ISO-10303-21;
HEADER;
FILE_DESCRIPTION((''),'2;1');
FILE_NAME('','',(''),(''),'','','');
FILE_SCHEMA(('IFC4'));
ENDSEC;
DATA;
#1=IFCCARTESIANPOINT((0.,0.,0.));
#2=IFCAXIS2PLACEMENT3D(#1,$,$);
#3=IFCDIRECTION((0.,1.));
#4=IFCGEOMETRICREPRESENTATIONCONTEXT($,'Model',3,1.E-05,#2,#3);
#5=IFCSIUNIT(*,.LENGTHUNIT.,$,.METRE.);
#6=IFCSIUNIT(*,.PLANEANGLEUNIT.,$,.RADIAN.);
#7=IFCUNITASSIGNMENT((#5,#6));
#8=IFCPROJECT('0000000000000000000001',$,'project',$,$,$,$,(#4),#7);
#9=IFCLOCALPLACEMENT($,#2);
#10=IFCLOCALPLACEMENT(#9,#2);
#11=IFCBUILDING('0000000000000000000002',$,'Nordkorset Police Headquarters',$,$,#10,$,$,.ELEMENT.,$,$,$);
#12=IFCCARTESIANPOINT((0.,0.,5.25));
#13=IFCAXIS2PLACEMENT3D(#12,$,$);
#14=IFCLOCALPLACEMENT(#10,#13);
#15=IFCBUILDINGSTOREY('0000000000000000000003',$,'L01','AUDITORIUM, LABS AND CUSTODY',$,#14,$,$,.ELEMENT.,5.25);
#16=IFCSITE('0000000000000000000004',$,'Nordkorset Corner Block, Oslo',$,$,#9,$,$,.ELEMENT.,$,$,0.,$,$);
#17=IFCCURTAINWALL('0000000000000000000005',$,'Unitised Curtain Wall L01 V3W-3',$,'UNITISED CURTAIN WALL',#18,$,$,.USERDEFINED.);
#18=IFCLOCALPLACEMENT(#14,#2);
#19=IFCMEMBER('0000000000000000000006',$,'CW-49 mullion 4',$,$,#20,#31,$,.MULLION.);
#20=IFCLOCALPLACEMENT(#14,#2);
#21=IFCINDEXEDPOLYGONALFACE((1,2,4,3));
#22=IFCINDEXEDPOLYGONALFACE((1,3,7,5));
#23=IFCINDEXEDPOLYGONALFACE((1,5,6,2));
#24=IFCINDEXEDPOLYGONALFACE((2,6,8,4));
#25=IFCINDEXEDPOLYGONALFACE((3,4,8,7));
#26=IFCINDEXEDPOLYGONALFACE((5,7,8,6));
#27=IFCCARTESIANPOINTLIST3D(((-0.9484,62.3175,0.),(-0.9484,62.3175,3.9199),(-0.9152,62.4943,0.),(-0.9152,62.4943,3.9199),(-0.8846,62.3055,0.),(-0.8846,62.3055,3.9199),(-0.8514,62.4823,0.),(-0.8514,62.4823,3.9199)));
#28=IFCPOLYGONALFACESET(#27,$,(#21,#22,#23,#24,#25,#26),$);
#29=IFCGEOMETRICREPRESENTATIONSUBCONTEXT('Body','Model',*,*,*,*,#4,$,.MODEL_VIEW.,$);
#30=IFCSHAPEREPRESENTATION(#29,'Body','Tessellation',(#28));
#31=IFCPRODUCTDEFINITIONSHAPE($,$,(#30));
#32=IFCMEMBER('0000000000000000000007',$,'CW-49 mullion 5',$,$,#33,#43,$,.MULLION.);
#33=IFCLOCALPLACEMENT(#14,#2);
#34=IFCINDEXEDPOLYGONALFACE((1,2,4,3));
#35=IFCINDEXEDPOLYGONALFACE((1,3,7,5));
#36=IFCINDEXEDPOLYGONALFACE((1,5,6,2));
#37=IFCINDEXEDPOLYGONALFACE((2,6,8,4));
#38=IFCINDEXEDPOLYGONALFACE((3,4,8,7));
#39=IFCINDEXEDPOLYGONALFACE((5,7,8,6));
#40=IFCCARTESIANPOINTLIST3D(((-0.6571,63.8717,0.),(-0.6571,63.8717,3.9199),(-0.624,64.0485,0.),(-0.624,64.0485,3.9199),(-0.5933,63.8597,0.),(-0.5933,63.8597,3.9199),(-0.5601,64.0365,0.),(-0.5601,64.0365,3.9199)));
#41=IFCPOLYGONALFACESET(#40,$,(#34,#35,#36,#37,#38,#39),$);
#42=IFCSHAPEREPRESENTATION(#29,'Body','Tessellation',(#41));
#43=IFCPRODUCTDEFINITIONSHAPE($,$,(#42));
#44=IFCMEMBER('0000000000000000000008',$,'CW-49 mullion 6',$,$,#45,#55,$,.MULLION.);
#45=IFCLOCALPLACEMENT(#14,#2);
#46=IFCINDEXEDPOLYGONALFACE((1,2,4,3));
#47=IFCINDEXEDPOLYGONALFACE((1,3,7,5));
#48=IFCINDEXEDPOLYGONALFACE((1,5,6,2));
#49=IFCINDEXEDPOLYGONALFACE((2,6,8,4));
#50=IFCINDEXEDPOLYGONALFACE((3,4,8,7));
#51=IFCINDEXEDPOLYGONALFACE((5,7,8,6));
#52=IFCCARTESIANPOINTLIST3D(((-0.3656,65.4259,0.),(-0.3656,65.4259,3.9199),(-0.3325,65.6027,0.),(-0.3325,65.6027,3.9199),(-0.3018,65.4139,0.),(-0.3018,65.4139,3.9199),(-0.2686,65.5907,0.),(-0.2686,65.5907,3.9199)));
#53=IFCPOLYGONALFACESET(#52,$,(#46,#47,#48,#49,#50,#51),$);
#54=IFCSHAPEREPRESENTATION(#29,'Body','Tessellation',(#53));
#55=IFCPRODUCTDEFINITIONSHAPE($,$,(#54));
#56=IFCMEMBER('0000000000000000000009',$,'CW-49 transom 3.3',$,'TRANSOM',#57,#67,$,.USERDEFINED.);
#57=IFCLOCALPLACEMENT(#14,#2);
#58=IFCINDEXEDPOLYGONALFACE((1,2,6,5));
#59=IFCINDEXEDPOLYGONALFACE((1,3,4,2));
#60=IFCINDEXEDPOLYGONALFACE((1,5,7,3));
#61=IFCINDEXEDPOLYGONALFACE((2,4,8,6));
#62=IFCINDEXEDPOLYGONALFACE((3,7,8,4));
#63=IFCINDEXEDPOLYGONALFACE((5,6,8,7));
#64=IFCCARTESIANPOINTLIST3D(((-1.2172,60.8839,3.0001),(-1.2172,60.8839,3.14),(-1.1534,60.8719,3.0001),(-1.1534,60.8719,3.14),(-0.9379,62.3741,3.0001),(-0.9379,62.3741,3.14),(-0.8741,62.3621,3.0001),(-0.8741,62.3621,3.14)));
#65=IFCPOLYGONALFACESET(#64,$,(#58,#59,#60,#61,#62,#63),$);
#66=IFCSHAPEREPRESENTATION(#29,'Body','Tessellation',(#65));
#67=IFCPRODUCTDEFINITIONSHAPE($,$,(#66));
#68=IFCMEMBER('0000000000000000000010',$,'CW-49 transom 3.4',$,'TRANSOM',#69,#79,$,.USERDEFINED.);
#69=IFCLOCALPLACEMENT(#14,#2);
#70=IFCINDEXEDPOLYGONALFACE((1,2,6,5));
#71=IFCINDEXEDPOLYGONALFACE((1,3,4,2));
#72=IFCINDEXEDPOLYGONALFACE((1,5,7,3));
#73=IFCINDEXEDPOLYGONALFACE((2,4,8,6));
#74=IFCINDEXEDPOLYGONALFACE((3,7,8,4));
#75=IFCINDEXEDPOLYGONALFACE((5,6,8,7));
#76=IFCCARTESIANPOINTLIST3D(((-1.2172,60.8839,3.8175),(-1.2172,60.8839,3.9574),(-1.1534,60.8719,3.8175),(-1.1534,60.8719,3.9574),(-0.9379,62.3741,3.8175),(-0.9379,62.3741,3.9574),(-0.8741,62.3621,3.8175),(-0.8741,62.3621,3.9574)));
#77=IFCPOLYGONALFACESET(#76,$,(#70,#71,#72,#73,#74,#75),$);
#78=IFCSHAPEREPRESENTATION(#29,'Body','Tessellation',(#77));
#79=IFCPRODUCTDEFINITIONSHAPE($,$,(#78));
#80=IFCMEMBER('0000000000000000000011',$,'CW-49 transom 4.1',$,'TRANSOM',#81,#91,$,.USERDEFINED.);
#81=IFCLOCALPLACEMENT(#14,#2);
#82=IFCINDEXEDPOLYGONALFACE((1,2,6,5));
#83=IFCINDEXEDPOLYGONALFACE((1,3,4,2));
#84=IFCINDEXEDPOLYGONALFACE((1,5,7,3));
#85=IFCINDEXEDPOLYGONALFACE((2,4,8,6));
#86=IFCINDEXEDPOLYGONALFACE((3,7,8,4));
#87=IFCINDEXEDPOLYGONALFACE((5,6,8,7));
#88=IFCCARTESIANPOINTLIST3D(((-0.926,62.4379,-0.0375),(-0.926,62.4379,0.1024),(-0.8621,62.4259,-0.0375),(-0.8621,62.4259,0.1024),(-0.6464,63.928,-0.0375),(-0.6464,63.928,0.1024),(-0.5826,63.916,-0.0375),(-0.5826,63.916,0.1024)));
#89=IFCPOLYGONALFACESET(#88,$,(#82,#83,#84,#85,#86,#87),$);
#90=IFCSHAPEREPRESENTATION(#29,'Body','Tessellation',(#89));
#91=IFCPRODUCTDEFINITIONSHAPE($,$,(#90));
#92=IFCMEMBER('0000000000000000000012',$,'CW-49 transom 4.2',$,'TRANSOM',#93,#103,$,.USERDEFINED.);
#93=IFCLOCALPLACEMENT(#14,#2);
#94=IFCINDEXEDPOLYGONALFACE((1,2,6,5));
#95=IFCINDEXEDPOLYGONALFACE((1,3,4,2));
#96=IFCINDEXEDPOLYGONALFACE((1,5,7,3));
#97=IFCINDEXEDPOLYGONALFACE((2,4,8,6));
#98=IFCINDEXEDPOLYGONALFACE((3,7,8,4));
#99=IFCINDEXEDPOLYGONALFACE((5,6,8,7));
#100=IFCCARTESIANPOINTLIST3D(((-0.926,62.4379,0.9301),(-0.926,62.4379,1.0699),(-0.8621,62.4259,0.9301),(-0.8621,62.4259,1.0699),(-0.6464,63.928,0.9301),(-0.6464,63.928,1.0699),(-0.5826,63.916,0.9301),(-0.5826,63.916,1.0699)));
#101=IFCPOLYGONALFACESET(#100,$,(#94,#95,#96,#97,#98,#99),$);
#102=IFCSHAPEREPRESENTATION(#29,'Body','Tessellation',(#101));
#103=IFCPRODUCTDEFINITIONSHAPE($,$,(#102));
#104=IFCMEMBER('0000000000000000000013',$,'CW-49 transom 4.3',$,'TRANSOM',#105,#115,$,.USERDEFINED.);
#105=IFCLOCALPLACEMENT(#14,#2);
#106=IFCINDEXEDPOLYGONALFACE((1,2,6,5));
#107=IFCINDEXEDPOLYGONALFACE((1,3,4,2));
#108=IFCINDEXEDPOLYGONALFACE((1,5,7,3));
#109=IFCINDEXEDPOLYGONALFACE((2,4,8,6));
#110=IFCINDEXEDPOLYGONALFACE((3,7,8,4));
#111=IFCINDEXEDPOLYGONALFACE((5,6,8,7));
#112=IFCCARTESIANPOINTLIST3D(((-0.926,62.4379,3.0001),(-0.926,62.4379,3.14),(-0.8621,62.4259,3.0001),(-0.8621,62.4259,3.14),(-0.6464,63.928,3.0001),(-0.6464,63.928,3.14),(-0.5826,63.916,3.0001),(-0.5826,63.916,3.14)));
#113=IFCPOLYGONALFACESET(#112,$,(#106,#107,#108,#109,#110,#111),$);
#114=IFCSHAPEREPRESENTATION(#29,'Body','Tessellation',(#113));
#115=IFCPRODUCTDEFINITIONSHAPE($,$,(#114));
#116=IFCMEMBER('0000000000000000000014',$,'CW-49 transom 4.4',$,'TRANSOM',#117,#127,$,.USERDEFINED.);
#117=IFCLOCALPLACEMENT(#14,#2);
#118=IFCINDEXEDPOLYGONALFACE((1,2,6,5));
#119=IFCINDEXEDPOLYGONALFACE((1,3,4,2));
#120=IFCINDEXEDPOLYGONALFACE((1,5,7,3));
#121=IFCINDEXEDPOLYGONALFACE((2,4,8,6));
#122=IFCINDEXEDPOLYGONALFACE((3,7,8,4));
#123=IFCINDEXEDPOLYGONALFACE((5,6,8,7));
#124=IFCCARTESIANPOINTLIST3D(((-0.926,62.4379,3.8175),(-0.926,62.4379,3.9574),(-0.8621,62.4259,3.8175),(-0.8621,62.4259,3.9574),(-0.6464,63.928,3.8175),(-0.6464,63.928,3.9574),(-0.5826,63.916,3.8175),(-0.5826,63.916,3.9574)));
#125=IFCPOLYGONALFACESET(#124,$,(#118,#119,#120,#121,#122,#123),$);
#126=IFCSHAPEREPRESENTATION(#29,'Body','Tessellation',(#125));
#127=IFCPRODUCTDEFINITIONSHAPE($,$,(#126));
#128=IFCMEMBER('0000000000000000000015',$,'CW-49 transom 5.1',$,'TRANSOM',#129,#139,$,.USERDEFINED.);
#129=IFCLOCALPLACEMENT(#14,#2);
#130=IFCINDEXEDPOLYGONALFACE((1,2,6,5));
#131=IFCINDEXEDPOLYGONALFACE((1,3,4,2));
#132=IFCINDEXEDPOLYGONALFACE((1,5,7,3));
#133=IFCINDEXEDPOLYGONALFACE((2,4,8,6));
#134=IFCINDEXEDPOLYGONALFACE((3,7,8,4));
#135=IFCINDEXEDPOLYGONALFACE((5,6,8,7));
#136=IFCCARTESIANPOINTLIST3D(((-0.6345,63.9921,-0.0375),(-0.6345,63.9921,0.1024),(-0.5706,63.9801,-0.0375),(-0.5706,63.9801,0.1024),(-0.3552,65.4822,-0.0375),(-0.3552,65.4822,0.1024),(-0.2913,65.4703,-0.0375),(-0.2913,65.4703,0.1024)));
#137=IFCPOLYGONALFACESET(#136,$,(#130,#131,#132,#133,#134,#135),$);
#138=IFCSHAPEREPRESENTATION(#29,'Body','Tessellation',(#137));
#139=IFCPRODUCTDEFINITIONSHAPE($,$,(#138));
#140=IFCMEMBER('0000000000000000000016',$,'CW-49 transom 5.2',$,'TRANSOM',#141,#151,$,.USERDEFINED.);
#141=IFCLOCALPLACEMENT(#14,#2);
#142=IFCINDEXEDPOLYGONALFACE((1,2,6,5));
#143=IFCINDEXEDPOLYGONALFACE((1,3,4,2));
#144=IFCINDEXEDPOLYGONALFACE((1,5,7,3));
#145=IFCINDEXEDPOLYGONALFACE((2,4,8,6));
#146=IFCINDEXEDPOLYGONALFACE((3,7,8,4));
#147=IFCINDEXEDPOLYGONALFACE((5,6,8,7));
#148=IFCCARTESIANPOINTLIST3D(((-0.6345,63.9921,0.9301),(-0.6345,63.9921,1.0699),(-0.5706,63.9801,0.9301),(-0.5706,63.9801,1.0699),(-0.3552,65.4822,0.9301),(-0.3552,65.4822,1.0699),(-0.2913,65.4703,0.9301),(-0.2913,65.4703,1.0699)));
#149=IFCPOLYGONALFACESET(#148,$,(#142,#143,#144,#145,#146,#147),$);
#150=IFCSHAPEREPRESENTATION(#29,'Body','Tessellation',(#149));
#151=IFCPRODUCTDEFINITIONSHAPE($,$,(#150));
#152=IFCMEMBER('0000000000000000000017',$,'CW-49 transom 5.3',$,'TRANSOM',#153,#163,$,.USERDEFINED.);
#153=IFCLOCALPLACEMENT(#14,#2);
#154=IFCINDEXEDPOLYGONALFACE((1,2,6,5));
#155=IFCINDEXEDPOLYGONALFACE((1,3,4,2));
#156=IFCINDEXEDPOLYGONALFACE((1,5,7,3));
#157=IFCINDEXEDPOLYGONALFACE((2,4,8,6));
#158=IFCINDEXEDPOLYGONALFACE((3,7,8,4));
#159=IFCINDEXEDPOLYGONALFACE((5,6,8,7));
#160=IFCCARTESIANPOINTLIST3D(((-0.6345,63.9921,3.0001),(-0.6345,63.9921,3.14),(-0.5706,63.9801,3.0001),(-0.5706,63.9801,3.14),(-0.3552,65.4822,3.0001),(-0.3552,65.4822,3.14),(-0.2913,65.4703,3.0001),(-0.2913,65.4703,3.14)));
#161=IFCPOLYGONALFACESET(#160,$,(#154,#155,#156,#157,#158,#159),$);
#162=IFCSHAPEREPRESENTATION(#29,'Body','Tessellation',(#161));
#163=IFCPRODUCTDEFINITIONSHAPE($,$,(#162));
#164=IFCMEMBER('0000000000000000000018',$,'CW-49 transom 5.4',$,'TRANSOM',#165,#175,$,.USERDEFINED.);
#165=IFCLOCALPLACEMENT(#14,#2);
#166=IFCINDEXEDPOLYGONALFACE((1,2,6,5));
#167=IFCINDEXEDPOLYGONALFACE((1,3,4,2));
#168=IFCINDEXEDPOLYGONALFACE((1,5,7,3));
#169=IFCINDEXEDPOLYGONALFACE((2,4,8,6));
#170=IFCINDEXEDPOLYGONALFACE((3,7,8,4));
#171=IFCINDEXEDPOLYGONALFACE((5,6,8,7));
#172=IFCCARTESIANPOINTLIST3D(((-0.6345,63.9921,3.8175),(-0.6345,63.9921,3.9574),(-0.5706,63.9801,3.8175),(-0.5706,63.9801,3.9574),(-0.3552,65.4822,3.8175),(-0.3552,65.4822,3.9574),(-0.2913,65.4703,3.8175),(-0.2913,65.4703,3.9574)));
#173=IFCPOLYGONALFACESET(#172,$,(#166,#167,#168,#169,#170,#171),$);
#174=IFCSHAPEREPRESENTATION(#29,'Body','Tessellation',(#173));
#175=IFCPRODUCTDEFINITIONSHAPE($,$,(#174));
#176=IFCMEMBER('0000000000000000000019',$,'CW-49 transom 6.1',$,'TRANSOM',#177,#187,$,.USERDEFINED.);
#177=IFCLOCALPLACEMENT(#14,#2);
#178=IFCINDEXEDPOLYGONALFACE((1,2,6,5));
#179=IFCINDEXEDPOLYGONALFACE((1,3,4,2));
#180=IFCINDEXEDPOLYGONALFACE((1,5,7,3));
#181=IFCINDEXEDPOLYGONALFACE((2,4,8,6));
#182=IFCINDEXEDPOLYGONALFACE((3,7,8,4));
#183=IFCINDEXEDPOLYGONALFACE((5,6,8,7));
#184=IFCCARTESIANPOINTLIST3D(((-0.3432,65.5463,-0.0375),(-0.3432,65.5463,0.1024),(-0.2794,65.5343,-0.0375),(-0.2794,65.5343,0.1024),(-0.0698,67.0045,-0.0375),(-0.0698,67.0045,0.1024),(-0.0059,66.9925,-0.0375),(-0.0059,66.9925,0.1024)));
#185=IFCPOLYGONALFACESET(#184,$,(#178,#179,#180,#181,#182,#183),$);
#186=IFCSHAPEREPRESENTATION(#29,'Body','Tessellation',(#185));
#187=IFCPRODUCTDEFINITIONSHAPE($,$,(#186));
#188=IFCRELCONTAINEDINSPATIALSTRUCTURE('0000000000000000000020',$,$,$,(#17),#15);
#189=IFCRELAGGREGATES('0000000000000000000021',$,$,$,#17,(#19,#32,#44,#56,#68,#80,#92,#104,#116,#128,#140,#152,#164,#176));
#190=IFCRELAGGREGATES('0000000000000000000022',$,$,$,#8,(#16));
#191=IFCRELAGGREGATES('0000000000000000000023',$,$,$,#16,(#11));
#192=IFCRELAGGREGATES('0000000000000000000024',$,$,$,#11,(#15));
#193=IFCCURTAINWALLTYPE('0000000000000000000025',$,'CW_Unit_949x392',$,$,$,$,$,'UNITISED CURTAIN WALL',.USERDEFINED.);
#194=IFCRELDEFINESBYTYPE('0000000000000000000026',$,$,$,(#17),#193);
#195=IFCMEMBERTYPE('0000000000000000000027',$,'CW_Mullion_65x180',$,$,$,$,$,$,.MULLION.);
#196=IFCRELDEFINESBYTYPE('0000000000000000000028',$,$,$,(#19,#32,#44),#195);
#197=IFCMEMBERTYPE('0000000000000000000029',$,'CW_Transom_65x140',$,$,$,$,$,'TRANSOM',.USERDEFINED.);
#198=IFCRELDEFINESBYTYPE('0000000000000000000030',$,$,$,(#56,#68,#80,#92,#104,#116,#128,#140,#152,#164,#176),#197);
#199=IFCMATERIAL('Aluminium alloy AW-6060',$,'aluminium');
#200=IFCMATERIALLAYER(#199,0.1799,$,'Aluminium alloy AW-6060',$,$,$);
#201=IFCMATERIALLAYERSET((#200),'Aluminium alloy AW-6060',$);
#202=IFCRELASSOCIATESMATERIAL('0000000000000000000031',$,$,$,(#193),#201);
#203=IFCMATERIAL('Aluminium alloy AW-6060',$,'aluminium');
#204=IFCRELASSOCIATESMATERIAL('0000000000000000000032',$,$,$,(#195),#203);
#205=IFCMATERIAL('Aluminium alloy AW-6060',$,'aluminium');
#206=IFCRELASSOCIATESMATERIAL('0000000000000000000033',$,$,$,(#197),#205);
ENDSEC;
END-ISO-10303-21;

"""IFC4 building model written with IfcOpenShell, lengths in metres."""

from ifc_helpers import new_model, si_unit, direction, frame, origin, origin_2d, place, context, subcontext, project, spatial, rectangle, extrude, material, layer, layer_set, material_profile, profile_set, type_object, element, aggregate, save


model = new_model("IFC4")

# Units and contexts
model_context = context("Model", 3, precision=1e-05, world=origin(), true_north=direction((0.0, 1.0)))
body_context = subcontext(model_context, "Body", "Model", "MODEL_VIEW")
ifc_project = project(units=[si_unit("LENGTHUNIT", "METRE"), si_unit("PLANEANGLEUNIT", "RADIAN")], contexts=[model_context])

# Site, building, storey
site_placement = place(None, origin())
site = spatial("IfcSite", under=ifc_project, at=site_placement, Name="Nordkorset Corner Block, Oslo", CompositionType="ELEMENT", RefElevation=0.0)
building_placement = place(site_placement, origin())
building = spatial("IfcBuilding", under=site, at=building_placement, Name="Nordkorset Police Headquarters", CompositionType="ELEMENT")
storey_placement = place(building_placement, frame((0.0, 0.0, 5.25)))
storey = spatial("IfcBuildingStorey", under=building, at=storey_placement, Name="L01", Description="AUDITORIUM, LABS AND CUSTODY", CompositionType="ELEMENT", Elevation=5.25)

# Curtain wall, members
ifc_material_1 = material(Name="Aluminium alloy AW-6060", Category="aluminium")
ifc_layer_1 = layer(ifc_material_1, 0.1799, Name="Aluminium alloy AW-6060")
ifc_layer_set_1 = layer_set([ifc_layer_1], Name="Aluminium alloy AW-6060")
curtain_wall_type = type_object("IfcCurtainWallType", Name="CW_Unit_949x392", ElementType="UNITISED CURTAIN WALL", PredefinedType="USERDEFINED", material=ifc_layer_set_1)
curtain_wall_placement = place(storey_placement, origin())
curtain_wall = element("IfcCurtainWall", 1, at=curtain_wall_placement, inside=storey, type_object=curtain_wall_type, Name="Unitised Curtain Wall L01 V3W-3", ObjectType="UNITISED CURTAIN WALL", PredefinedType="USERDEFINED")
ifc_material_2 = material(Name="Aluminium alloy AW-6060", Category="aluminium")
ifc_material_profile_1 = material_profile(ifc_material_2, rectangle(XDim=0.0649, YDim=0.1799, at=origin_2d()), Name="ALU MULL 65x180")
ifc_profile_set_1 = profile_set([ifc_material_profile_1], Name="Aluminium alloy AW-6060")
member_type_1 = type_object("IfcMemberType", Name="CW_Mullion_65x180", PredefinedType="MULLION", material=ifc_profile_set_1)
member_1_placement = place(storey_placement, frame((-0.8999, 62.3999, 0.0), z_axis=(0.0, 0.0, 1.0), x_axis=(-0.982872, 0.184289, 0.0)))
member_1 = element("IfcMember", 2, at=member_1_placement, type_object=member_type_1, Name="CW-49 mullion 4", PredefinedType="MULLION", context=body_context, shape_type="SweptSolid", body=[
    extrude(rectangle(XDim=0.0649, YDim=0.1799, at=origin_2d()), origin(), (0.0, 0.0, 1.0), 3.9199),
])
member_2_placement = place(storey_placement, frame((-0.6086, 63.9541, 0.0), z_axis=(0.0, 0.0, 1.0), x_axis=(-0.982872, 0.184289, 0.0)))
member_2 = element("IfcMember", 3, at=member_2_placement, type_object=member_type_1, Name="CW-49 mullion 5", PredefinedType="MULLION", context=body_context, shape_type="SweptSolid", body=[
    extrude(rectangle(XDim=0.0649, YDim=0.1799, at=origin_2d()), origin(), (0.0, 0.0, 1.0), 3.9199),
])
member_3_placement = place(storey_placement, frame((-0.3171, 65.5083, 0.0), z_axis=(0.0, 0.0, 1.0), x_axis=(-0.982872, 0.184289, 0.0)))
member_3 = element("IfcMember", 4, at=member_3_placement, type_object=member_type_1, Name="CW-49 mullion 6", PredefinedType="MULLION", context=body_context, shape_type="SweptSolid", body=[
    extrude(rectangle(XDim=0.0649, YDim=0.1799, at=origin_2d()), origin(), (0.0, 0.0, 1.0), 3.9199),
])
ifc_material_3 = material(Name="Aluminium alloy AW-6060", Category="aluminium")
ifc_material_profile_2 = material_profile(ifc_material_3, rectangle(XDim=0.0649, YDim=0.1399, at=origin_2d()), Name="ALU TRAN 65x140")
ifc_profile_set_2 = profile_set([ifc_material_profile_2], Name="Aluminium alloy AW-6060")
member_type_2 = type_object("IfcMemberType", Name="CW_Transom_65x140", ElementType="TRANSOM", PredefinedType="USERDEFINED", material=ifc_profile_set_2)
member_4_placement = place(storey_placement, frame((-1.1853, 60.8779, 3.0701), z_axis=(0.184211, 0.982887, 0.0), x_axis=(-0.982887, 0.184211, 0.0)))
member_4 = element("IfcMember", 5, at=member_4_placement, type_object=member_type_2, Name="CW-49 transom 3.3", ObjectType="TRANSOM", PredefinedType="USERDEFINED", context=body_context, shape_type="SweptSolid", body=[
    extrude(rectangle(XDim=0.0649, YDim=0.1399, at=origin_2d()), origin(), (0.0, 0.0, 1.0), 1.5161),
])
member_5_placement = place(storey_placement, frame((-1.1853, 60.8779, 3.8875), z_axis=(0.184211, 0.982887, 0.0), x_axis=(-0.982887, 0.184211, 0.0)))
member_5 = element("IfcMember", 6, at=member_5_placement, type_object=member_type_2, Name="CW-49 transom 3.4", ObjectType="TRANSOM", PredefinedType="USERDEFINED", context=body_context, shape_type="SweptSolid", body=[
    extrude(rectangle(XDim=0.0649, YDim=0.1399, at=origin_2d()), origin(), (0.0, 0.0, 1.0), 1.5161),
])
member_6_placement = place(storey_placement, frame((-0.894, 62.4319, 0.0325), z_axis=(0.184366, 0.982858, 0.0), x_axis=(-0.982858, 0.184366, 0.0)))
member_6 = element("IfcMember", 7, at=member_6_placement, type_object=member_type_2, Name="CW-49 transom 4.1", ObjectType="TRANSOM", PredefinedType="USERDEFINED", context=body_context, shape_type="SweptSolid", body=[
    extrude(rectangle(XDim=0.0649, YDim=0.1399, at=origin_2d()), origin(), (0.0, 0.0, 1.0), 1.5161),
])
member_7_placement = place(storey_placement, frame((-0.894, 62.4319, 1.0), z_axis=(0.184366, 0.982858, 0.0), x_axis=(-0.982858, 0.184366, 0.0)))
member_7 = element("IfcMember", 8, at=member_7_placement, type_object=member_type_2, Name="CW-49 transom 4.2", ObjectType="TRANSOM", PredefinedType="USERDEFINED", context=body_context, shape_type="SweptSolid", body=[
    extrude(rectangle(XDim=0.0649, YDim=0.1399, at=origin_2d()), origin(), (0.0, 0.0, 1.0), 1.5161),
])
member_8_placement = place(storey_placement, frame((-0.894, 62.4319, 3.0701), z_axis=(0.184366, 0.982858, 0.0), x_axis=(-0.982858, 0.184366, 0.0)))
member_8 = element("IfcMember", 9, at=member_8_placement, type_object=member_type_2, Name="CW-49 transom 4.3", ObjectType="TRANSOM", PredefinedType="USERDEFINED", context=body_context, shape_type="SweptSolid", body=[
    extrude(rectangle(XDim=0.0649, YDim=0.1399, at=origin_2d()), origin(), (0.0, 0.0, 1.0), 1.5161),
])
member_9_placement = place(storey_placement, frame((-0.894, 62.4319, 3.8875), z_axis=(0.184366, 0.982858, 0.0), x_axis=(-0.982858, 0.184366, 0.0)))
member_9 = element("IfcMember", 10, at=member_9_placement, type_object=member_type_2, Name="CW-49 transom 4.4", ObjectType="TRANSOM", PredefinedType="USERDEFINED", context=body_context, shape_type="SweptSolid", body=[
    extrude(rectangle(XDim=0.0649, YDim=0.1399, at=origin_2d()), origin(), (0.0, 0.0, 1.0), 1.5161),
])
member_10_placement = place(storey_placement, frame((-0.6025, 63.9861, 0.0325), z_axis=(0.184211, 0.982887, 0.0), x_axis=(-0.982887, 0.184211, 0.0)))
member_10 = element("IfcMember", 11, at=member_10_placement, type_object=member_type_2, Name="CW-49 transom 5.1", ObjectType="TRANSOM", PredefinedType="USERDEFINED", context=body_context, shape_type="SweptSolid", body=[
    extrude(rectangle(XDim=0.0649, YDim=0.1399, at=origin_2d()), origin(), (0.0, 0.0, 1.0), 1.5161),
])
member_11_placement = place(storey_placement, frame((-0.6025, 63.9861, 1.0), z_axis=(0.184211, 0.982887, 0.0), x_axis=(-0.982887, 0.184211, 0.0)))
member_11 = element("IfcMember", 12, at=member_11_placement, type_object=member_type_2, Name="CW-49 transom 5.2", ObjectType="TRANSOM", PredefinedType="USERDEFINED", context=body_context, shape_type="SweptSolid", body=[
    extrude(rectangle(XDim=0.0649, YDim=0.1399, at=origin_2d()), origin(), (0.0, 0.0, 1.0), 1.5161),
])
member_12_placement = place(storey_placement, frame((-0.6025, 63.9861, 3.0701), z_axis=(0.184211, 0.982887, 0.0), x_axis=(-0.982887, 0.184211, 0.0)))
member_12 = element("IfcMember", 13, at=member_12_placement, type_object=member_type_2, Name="CW-49 transom 5.3", ObjectType="TRANSOM", PredefinedType="USERDEFINED", context=body_context, shape_type="SweptSolid", body=[
    extrude(rectangle(XDim=0.0649, YDim=0.1399, at=origin_2d()), origin(), (0.0, 0.0, 1.0), 1.5161),
])
member_13_placement = place(storey_placement, frame((-0.6025, 63.9861, 3.8875), z_axis=(0.184211, 0.982887, 0.0), x_axis=(-0.982887, 0.184211, 0.0)))
member_13 = element("IfcMember", 14, at=member_13_placement, type_object=member_type_2, Name="CW-49 transom 5.4", ObjectType="TRANSOM", PredefinedType="USERDEFINED", context=body_context, shape_type="SweptSolid", body=[
    extrude(rectangle(XDim=0.0649, YDim=0.1399, at=origin_2d()), origin(), (0.0, 0.0, 1.0), 1.5161),
])
member_14_placement = place(storey_placement, frame((-0.3113, 65.5403, 0.0325), z_axis=(0.184298, 0.98287, 0.0), x_axis=(-0.98287, 0.184298, 0.0)))
member_14 = element("IfcMember", 15, at=member_14_placement, type_object=member_type_2, Name="CW-49 transom 6.1", ObjectType="TRANSOM", PredefinedType="USERDEFINED", context=body_context, shape_type="SweptSolid", body=[
    extrude(rectangle(XDim=0.0649, YDim=0.1399, at=origin_2d()), origin(), (0.0, 0.0, 1.0), 1.4836),
])
aggregate(curtain_wall, [member_1, member_2, member_3, member_4, member_5, member_6, member_7, member_8, member_9, member_10, member_11, member_12, member_13, member_14])

save(model, "model.ifc")
